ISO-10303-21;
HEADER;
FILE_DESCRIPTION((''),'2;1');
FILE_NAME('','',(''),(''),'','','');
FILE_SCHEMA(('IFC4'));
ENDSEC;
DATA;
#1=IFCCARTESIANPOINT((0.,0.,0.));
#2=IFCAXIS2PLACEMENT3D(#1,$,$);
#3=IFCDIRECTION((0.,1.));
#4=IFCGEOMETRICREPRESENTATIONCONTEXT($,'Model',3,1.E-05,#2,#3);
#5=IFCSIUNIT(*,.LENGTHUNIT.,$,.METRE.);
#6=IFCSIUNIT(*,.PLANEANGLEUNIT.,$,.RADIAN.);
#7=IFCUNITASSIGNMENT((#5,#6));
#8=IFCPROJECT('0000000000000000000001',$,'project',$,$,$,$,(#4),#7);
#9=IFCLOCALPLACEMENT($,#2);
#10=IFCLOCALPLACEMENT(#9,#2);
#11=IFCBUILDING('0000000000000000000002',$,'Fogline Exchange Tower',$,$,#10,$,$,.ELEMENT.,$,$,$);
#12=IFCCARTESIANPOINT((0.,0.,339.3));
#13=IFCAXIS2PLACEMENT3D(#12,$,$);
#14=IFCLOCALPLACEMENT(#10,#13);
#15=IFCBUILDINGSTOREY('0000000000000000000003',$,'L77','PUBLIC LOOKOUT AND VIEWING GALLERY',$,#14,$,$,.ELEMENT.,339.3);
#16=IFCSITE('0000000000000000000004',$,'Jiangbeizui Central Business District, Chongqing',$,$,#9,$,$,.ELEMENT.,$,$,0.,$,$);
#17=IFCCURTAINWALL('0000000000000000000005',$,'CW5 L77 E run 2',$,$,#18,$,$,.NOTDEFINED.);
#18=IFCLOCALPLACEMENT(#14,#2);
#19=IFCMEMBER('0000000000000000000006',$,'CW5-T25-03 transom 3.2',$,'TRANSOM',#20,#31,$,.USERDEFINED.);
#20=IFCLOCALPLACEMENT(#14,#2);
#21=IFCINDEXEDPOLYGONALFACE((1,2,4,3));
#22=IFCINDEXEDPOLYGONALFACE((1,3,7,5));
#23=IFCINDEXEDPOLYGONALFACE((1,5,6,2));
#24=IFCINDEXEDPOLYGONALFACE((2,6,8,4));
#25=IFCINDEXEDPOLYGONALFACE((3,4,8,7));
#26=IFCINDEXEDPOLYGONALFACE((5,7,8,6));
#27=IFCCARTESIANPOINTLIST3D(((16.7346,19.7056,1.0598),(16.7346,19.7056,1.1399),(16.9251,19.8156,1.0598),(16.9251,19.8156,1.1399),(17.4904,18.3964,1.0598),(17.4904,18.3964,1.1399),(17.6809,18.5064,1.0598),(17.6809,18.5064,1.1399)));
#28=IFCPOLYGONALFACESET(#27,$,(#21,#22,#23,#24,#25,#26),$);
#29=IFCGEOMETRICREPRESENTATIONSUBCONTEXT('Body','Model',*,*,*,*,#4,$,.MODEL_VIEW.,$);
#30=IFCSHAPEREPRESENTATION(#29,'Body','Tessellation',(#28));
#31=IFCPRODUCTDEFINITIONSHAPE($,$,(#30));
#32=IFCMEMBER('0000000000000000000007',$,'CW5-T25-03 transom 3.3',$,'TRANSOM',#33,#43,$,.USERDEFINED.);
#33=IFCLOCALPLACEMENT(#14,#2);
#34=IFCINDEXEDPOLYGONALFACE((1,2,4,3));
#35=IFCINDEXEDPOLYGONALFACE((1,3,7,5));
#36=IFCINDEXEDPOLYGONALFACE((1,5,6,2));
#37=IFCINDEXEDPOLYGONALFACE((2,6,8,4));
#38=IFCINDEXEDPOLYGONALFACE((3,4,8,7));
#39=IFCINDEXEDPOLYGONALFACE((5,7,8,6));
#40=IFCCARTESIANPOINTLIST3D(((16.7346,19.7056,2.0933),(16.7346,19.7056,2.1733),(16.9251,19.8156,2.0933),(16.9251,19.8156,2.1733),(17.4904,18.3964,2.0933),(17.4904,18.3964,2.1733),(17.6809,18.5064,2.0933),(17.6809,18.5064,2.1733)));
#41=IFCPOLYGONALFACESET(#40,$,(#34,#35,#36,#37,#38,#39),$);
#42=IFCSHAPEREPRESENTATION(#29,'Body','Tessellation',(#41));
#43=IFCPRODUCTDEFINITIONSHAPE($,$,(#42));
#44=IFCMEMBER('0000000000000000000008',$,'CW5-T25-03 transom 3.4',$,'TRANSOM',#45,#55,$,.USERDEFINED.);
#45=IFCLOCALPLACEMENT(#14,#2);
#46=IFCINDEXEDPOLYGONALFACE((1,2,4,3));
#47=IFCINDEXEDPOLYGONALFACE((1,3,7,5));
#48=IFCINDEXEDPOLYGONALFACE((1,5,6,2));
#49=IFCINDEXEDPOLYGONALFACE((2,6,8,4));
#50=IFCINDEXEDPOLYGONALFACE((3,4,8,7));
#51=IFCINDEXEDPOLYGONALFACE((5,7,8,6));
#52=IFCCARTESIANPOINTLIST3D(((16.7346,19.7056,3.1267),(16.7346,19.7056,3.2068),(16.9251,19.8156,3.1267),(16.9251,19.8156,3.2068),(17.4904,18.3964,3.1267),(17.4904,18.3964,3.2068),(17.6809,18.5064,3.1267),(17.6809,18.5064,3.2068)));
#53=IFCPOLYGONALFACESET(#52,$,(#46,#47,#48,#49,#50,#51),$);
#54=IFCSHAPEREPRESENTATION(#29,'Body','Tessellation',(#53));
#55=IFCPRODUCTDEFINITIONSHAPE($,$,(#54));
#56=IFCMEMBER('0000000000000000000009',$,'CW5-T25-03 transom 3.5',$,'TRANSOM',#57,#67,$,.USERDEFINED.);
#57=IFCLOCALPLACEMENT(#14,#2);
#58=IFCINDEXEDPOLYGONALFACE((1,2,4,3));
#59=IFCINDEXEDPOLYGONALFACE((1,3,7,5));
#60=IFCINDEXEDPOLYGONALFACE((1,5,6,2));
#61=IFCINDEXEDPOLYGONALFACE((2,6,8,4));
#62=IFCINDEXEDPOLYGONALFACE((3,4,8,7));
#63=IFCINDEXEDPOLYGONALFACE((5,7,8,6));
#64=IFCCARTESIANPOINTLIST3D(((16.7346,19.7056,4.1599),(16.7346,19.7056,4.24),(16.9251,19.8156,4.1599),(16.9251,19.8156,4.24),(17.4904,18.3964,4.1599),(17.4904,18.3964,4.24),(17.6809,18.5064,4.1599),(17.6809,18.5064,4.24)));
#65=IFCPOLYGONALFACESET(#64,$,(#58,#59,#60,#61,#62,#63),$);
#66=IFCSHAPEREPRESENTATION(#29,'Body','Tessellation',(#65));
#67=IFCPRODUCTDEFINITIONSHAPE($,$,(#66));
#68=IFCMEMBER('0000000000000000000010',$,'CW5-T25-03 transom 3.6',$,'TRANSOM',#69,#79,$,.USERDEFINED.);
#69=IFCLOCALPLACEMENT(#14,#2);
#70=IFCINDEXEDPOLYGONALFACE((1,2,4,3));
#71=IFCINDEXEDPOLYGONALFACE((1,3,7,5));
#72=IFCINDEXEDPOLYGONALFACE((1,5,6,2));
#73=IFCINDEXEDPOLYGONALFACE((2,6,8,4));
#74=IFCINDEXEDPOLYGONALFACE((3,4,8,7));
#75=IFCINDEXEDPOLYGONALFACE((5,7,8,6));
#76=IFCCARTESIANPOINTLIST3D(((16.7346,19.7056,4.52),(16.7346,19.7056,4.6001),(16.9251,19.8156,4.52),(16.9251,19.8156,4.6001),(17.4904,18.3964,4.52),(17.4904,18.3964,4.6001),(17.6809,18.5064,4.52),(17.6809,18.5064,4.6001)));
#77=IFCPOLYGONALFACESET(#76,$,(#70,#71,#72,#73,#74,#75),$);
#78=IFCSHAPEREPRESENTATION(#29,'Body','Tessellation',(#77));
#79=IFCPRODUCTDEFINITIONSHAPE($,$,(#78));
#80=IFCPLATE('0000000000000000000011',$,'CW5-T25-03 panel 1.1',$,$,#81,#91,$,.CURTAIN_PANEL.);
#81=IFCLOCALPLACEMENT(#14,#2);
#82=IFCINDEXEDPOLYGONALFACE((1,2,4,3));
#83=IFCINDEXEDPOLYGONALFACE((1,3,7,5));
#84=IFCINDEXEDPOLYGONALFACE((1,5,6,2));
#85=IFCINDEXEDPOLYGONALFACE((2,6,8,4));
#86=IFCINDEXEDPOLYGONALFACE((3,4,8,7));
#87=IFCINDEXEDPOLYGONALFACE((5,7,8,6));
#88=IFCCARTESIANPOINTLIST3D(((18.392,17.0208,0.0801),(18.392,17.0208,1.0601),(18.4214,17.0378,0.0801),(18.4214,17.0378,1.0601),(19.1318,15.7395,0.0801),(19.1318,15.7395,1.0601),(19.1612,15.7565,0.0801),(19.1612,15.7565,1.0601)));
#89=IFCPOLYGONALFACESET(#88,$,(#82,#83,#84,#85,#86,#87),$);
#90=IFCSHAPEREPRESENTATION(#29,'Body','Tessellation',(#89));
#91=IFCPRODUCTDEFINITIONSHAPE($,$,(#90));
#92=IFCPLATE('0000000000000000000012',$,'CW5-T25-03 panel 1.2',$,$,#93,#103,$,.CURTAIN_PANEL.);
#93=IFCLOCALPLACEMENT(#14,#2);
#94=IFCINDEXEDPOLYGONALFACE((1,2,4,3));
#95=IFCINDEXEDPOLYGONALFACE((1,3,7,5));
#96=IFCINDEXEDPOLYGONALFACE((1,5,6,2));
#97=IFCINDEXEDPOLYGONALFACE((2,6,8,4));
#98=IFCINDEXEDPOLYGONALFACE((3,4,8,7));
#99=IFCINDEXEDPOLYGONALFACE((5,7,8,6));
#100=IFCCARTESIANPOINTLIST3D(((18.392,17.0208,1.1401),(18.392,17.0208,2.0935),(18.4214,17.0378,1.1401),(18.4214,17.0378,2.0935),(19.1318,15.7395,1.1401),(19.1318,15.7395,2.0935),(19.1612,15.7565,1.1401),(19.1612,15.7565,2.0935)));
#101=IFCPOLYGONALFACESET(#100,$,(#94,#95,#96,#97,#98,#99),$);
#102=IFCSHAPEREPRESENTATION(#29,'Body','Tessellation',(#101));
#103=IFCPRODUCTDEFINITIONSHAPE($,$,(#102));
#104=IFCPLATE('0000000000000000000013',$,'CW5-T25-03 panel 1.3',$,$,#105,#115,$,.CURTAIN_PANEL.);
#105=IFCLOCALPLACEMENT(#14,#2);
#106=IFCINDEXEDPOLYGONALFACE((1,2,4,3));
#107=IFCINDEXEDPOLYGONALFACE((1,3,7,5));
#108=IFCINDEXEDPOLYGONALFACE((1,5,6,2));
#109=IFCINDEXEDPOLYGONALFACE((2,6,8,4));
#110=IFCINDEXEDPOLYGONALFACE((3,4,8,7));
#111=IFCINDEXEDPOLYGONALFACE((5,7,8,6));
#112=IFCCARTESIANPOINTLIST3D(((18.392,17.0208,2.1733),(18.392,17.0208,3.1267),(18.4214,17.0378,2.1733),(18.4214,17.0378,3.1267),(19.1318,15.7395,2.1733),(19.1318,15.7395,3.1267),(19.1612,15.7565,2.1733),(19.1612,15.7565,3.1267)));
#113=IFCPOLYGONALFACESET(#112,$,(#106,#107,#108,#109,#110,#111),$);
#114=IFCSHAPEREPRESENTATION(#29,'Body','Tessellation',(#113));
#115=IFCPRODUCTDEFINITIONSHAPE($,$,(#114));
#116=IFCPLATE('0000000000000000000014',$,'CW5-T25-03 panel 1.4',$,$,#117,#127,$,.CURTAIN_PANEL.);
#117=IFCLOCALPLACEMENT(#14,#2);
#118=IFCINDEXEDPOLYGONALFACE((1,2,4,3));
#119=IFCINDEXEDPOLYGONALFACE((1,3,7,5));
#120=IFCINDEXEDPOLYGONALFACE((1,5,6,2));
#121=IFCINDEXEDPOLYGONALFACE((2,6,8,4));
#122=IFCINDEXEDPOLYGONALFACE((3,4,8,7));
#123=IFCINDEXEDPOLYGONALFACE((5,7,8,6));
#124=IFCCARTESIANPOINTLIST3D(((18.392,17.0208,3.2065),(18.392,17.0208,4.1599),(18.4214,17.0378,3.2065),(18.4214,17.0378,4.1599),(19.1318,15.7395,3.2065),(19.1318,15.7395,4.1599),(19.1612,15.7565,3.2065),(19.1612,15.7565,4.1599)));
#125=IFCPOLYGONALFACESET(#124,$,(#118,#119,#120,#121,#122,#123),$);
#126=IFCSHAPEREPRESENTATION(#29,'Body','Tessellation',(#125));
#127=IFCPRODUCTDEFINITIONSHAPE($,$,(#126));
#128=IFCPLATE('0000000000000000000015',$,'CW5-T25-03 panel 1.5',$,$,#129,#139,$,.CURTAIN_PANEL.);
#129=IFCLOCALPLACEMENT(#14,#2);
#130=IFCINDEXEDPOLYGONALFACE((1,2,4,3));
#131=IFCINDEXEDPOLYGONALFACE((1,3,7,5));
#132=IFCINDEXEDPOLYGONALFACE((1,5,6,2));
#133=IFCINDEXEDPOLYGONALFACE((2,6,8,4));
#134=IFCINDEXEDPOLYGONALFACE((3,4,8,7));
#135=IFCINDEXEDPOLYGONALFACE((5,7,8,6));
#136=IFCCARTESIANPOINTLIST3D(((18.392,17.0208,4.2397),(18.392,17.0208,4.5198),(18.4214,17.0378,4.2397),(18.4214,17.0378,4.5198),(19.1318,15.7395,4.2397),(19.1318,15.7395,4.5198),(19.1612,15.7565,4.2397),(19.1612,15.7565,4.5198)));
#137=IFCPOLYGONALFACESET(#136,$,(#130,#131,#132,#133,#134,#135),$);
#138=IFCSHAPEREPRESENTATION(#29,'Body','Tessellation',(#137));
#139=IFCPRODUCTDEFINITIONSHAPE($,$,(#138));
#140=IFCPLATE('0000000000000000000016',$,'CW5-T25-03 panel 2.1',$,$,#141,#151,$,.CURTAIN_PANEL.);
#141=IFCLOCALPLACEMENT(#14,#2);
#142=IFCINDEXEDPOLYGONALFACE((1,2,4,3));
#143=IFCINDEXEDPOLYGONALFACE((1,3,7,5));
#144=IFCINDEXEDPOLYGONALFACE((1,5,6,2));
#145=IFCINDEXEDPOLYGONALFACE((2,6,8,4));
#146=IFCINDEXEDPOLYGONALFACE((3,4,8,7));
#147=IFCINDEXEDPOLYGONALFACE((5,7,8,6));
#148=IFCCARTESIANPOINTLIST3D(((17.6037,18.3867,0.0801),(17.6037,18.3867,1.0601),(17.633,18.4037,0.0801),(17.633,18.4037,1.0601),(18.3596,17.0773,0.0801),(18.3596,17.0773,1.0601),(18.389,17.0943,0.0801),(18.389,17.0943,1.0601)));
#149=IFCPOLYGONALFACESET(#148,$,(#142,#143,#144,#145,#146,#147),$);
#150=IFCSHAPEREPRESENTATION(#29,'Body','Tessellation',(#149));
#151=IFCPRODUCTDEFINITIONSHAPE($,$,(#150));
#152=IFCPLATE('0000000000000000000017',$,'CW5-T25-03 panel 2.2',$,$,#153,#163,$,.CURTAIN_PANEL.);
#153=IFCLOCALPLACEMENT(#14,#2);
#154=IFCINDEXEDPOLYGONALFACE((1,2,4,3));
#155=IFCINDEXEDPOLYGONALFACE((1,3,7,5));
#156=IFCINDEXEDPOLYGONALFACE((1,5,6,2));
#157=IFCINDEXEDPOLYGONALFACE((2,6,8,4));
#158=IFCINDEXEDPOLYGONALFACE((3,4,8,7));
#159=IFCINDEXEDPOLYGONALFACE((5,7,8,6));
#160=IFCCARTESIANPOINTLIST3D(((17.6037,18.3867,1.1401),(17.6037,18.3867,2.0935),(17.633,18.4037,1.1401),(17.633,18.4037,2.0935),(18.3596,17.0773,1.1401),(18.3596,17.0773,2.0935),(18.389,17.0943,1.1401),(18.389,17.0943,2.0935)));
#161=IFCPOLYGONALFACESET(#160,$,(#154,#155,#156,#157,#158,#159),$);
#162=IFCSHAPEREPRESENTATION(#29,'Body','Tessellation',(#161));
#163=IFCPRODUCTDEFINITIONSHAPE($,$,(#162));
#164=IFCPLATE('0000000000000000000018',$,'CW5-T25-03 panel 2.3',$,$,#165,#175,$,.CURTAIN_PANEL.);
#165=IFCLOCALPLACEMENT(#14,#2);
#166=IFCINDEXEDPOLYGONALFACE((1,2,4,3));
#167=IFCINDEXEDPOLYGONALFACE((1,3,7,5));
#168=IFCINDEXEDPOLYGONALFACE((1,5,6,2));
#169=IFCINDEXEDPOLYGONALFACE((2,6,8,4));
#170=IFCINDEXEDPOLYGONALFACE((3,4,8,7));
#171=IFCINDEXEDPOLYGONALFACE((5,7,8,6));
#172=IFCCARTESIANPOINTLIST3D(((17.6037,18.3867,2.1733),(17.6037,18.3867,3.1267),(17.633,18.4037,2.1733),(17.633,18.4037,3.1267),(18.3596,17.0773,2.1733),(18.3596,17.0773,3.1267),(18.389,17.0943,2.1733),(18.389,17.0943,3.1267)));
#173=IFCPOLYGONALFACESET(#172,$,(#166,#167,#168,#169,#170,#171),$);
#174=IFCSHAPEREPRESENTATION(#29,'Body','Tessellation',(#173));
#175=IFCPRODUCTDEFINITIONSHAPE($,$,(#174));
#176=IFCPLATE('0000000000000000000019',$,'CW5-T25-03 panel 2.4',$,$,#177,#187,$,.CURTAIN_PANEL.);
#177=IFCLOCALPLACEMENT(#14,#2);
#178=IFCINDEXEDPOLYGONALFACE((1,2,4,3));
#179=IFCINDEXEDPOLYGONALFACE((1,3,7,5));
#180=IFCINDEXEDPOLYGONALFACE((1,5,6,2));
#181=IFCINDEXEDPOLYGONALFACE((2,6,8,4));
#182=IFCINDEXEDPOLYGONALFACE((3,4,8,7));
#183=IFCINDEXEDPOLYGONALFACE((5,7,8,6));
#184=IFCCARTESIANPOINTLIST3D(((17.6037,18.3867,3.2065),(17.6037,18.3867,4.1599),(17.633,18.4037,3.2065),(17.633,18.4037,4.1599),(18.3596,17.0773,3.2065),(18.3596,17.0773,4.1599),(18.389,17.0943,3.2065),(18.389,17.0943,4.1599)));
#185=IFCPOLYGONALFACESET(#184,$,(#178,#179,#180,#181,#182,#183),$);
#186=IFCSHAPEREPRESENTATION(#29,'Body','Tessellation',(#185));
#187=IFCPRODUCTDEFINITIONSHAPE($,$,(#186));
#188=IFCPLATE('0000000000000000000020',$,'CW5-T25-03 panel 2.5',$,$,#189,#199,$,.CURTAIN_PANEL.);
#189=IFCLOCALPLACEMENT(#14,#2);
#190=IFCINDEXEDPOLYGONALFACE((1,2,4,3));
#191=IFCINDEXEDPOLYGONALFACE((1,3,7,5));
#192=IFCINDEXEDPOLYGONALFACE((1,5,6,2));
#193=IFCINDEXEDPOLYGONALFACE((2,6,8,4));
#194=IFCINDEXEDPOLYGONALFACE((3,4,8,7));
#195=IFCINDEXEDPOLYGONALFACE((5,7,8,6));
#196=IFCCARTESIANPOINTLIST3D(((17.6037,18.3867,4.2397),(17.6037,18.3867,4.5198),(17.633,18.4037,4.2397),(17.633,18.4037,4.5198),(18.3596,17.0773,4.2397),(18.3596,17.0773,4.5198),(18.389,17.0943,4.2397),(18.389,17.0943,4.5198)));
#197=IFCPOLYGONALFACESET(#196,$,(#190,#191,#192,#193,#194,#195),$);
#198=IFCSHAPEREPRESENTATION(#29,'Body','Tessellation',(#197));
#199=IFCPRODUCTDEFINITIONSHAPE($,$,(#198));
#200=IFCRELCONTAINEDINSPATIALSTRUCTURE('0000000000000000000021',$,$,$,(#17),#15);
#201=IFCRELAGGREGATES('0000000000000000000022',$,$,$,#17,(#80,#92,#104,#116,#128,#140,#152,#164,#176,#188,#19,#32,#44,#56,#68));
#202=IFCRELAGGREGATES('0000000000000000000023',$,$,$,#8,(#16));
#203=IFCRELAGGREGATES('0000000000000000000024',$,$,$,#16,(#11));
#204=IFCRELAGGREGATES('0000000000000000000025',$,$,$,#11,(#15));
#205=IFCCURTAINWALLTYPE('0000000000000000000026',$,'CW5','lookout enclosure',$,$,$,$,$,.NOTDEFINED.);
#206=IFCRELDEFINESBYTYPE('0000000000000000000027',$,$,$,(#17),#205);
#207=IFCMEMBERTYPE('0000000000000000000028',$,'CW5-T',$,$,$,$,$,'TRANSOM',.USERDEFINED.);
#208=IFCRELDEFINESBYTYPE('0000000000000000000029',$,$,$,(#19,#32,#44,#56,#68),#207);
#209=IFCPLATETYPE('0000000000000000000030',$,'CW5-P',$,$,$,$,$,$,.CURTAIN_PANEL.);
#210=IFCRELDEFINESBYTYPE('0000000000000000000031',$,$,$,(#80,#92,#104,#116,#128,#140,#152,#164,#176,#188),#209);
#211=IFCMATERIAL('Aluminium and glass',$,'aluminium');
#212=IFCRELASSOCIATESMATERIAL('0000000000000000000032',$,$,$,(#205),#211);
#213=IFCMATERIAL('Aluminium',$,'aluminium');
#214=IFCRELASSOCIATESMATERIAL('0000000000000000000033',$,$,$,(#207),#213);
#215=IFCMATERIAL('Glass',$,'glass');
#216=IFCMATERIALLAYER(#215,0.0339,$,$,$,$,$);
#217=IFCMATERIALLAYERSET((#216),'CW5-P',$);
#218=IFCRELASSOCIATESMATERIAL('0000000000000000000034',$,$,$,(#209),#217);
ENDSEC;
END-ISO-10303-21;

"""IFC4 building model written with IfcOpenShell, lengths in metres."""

from ifc_helpers import new_model, si_unit, direction, frame, origin, origin_2d, place, context, subcontext, project, spatial, rectangle, extrude, material, layer, layer_set, material_profile, profile_set, type_object, element, aggregate, save


model = new_model("IFC4")

# Units and contexts
model_context = context("Model", 3, precision=1e-05, world=origin(), true_north=direction((0.0, 1.0)))
body_context = subcontext(model_context, "Body", "Model", "MODEL_VIEW")
ifc_project = project(units=[si_unit("LENGTHUNIT", "METRE"), si_unit("PLANEANGLEUNIT", "RADIAN")], contexts=[model_context])

# Site, building, storey
site_placement = place(None, origin())
site = spatial("IfcSite", under=ifc_project, at=site_placement, Name="Jiangbeizui Central Business District, Chongqing", CompositionType="ELEMENT", RefElevation=0.0)
building_placement = place(site_placement, origin())
building = spatial("IfcBuilding", under=site, at=building_placement, Name="Fogline Exchange Tower", CompositionType="ELEMENT")
storey_placement = place(building_placement, frame((0.0, 0.0, 339.3)))
storey = spatial("IfcBuildingStorey", under=building, at=storey_placement, Name="L77", Description="PUBLIC LOOKOUT AND VIEWING GALLERY", CompositionType="ELEMENT", Elevation=339.3)

# Curtain wall, members, plates
ifc_material_1 = material(Name="Aluminium and glass", Category="aluminium")
curtain_wall_type = type_object("IfcCurtainWallType", Name="CW5", Description="lookout enclosure", PredefinedType="NOTDEFINED", material=ifc_material_1)
curtain_wall_placement = place(storey_placement, origin())
curtain_wall = element("IfcCurtainWall", 1, at=curtain_wall_placement, inside=storey, type_object=curtain_wall_type, Name="CW5 L77 E run 2", PredefinedType="NOTDEFINED")
ifc_material_2 = material(Name="Aluminium", Category="aluminium")
ifc_material_profile_1 = material_profile(ifc_material_2, rectangle(XDim=0.22, YDim=0.0801, at=origin_2d()), Name="Transom 80x220")
ifc_profile_set_1 = profile_set([ifc_material_profile_1], Name="Aluminium")
member_type_1 = type_object("IfcMemberType", Name="CW5-T", ElementType="TRANSOM", PredefinedType="USERDEFINED", material=ifc_profile_set_1)
member_1_placement = place(storey_placement, frame((17.5857, 18.4514, 1.0999), z_axis=(-0.49996, 0.866048, 0.0), x_axis=(-0.866048, -0.49996, 0.0)))
member_1 = element("IfcMember", 2, at=member_1_placement, type_object=member_type_1, Name="CW5-T25-03 transom 3.2", ObjectType="TRANSOM", PredefinedType="USERDEFINED", context=body_context, shape_type="SweptSolid", body=[
    extrude(rectangle(XDim=0.22, YDim=0.0801, at=origin_2d()), origin(), (0.0, 0.0, 1.0), 1.5117),
])
member_2_placement = place(storey_placement, frame((17.5857, 18.4514, 2.1333), z_axis=(-0.49996, 0.866048, 0.0), x_axis=(-0.866048, -0.49996, 0.0)))
member_2 = element("IfcMember", 3, at=member_2_placement, type_object=member_type_1, Name="CW5-T25-03 transom 3.3", ObjectType="TRANSOM", PredefinedType="USERDEFINED", context=body_context, shape_type="SweptSolid", body=[
    extrude(rectangle(XDim=0.22, YDim=0.0801, at=origin_2d()), origin(), (0.0, 0.0, 1.0), 1.5117),
])
member_3_placement = place(storey_placement, frame((17.5857, 18.4514, 3.1667), z_axis=(-0.49996, 0.866048, 0.0), x_axis=(-0.866048, -0.49996, 0.0)))
member_3 = element("IfcMember", 4, at=member_3_placement, type_object=member_type_1, Name="CW5-T25-03 transom 3.4", ObjectType="TRANSOM", PredefinedType="USERDEFINED", context=body_context, shape_type="SweptSolid", body=[
    extrude(rectangle(XDim=0.22, YDim=0.0801, at=origin_2d()), origin(), (0.0, 0.0, 1.0), 1.5117),
])
member_4_placement = place(storey_placement, frame((17.5857, 18.4514, 4.2), z_axis=(-0.49996, 0.866048, 0.0), x_axis=(-0.866048, -0.49996, 0.0)))
member_4 = element("IfcMember", 5, at=member_4_placement, type_object=member_type_1, Name="CW5-T25-03 transom 3.5", ObjectType="TRANSOM", PredefinedType="USERDEFINED", context=body_context, shape_type="SweptSolid", body=[
    extrude(rectangle(XDim=0.22, YDim=0.0801, at=origin_2d()), origin(), (0.0, 0.0, 1.0), 1.5117),
])
member_5_placement = place(storey_placement, frame((17.5857, 18.4514, 4.5601), z_axis=(-0.49996, 0.866048, 0.0), x_axis=(-0.866048, -0.49996, 0.0)))
member_5 = element("IfcMember", 6, at=member_5_placement, type_object=member_type_1, Name="CW5-T25-03 transom 3.6", ObjectType="TRANSOM", PredefinedType="USERDEFINED", context=body_context, shape_type="SweptSolid", body=[
    extrude(rectangle(XDim=0.22, YDim=0.0801, at=origin_2d()), origin(), (0.0, 0.0, 1.0), 1.5117),
])
ifc_material_3 = material(Name="Glass", Category="glass")
ifc_layer_1 = layer(ifc_material_3, 0.0339)
ifc_layer_set_1 = layer_set([ifc_layer_1], Name="CW5-P")
plate_type = type_object("IfcPlateType", Name="CW5-P", PredefinedType="CURTAIN_PANEL", material=ifc_layer_set_1)
plate_1_placement = place(storey_placement, frame((18.7766, 16.3887, 0.0801), z_axis=(0.0, 0.0, 1.0), x_axis=(-0.5, 0.866025, 0.0)))
plate_1 = element("IfcPlate", 7, at=plate_1_placement, type_object=plate_type, Name="CW5-T25-03 panel 1.1", PredefinedType="CURTAIN_PANEL", context=body_context, shape_type="SweptSolid", body=[
    extrude(rectangle(XDim=1.4795, YDim=0.0339, at=origin_2d()), origin(), (0.0, 0.0, 1.0), 0.98),
])
plate_2_placement = place(storey_placement, frame((18.7766, 16.3887, 1.1401), z_axis=(0.0, 0.0, 1.0), x_axis=(-0.5, 0.866025, 0.0)))
plate_2 = element("IfcPlate", 8, at=plate_2_placement, type_object=plate_type, Name="CW5-T25-03 panel 1.2", PredefinedType="CURTAIN_PANEL", context=body_context, shape_type="SweptSolid", body=[
    extrude(rectangle(XDim=1.4795, YDim=0.0339, at=origin_2d()), origin(), (0.0, 0.0, 1.0), 0.9534),
])
plate_3_placement = place(storey_placement, frame((18.7766, 16.3887, 2.1733), z_axis=(0.0, 0.0, 1.0), x_axis=(-0.5, 0.866025, 0.0)))
plate_3 = element("IfcPlate", 9, at=plate_3_placement, type_object=plate_type, Name="CW5-T25-03 panel 1.3", PredefinedType="CURTAIN_PANEL", context=body_context, shape_type="SweptSolid", body=[
    extrude(rectangle(XDim=1.4795, YDim=0.0339, at=origin_2d()), origin(), (0.0, 0.0, 1.0), 0.9534),
])
plate_4_placement = place(storey_placement, frame((18.7766, 16.3887, 3.2065), z_axis=(0.0, 0.0, 1.0), x_axis=(-0.5, 0.866025, 0.0)))
plate_4 = element("IfcPlate", 10, at=plate_4_placement, type_object=plate_type, Name="CW5-T25-03 panel 1.4", PredefinedType="CURTAIN_PANEL", context=body_context, shape_type="SweptSolid", body=[
    extrude(rectangle(XDim=1.4795, YDim=0.0339, at=origin_2d()), origin(), (0.0, 0.0, 1.0), 0.9534),
])
plate_5_placement = place(storey_placement, frame((18.7766, 16.3887, 4.2397), z_axis=(0.0, 0.0, 1.0), x_axis=(-0.5, 0.866025, 0.0)))
plate_5 = element("IfcPlate", 11, at=plate_5_placement, type_object=plate_type, Name="CW5-T25-03 panel 1.5", PredefinedType="CURTAIN_PANEL", context=body_context, shape_type="SweptSolid", body=[
    extrude(rectangle(XDim=1.4795, YDim=0.0339, at=origin_2d()), origin(), (0.0, 0.0, 1.0), 0.28),
])
plate_6_placement = place(storey_placement, frame((17.9963, 17.7405, 0.0801), z_axis=(0.0, 0.0, 1.0), x_axis=(-0.5, 0.866025, 0.0)))
plate_6 = element("IfcPlate", 12, at=plate_6_placement, type_object=plate_type, Name="CW5-T25-03 panel 2.1", PredefinedType="CURTAIN_PANEL", context=body_context, shape_type="SweptSolid", body=[
    extrude(rectangle(XDim=1.512, YDim=0.0339, at=origin_2d()), origin(), (0.0, 0.0, 1.0), 0.98),
])
plate_7_placement = place(storey_placement, frame((17.9963, 17.7405, 1.1401), z_axis=(0.0, 0.0, 1.0), x_axis=(-0.5, 0.866025, 0.0)))
plate_7 = element("IfcPlate", 13, at=plate_7_placement, type_object=plate_type, Name="CW5-T25-03 panel 2.2", PredefinedType="CURTAIN_PANEL", context=body_context, shape_type="SweptSolid", body=[
    extrude(rectangle(XDim=1.512, YDim=0.0339, at=origin_2d()), origin(), (0.0, 0.0, 1.0), 0.9534),
])
plate_8_placement = place(storey_placement, frame((17.9963, 17.7405, 2.1733), z_axis=(0.0, 0.0, 1.0), x_axis=(-0.5, 0.866025, 0.0)))
plate_8 = element("IfcPlate", 14, at=plate_8_placement, type_object=plate_type, Name="CW5-T25-03 panel 2.3", PredefinedType="CURTAIN_PANEL", context=body_context, shape_type="SweptSolid", body=[
    extrude(rectangle(XDim=1.512, YDim=0.0339, at=origin_2d()), origin(), (0.0, 0.0, 1.0), 0.9534),
])
plate_9_placement = place(storey_placement, frame((17.9963, 17.7405, 3.2065), z_axis=(0.0, 0.0, 1.0), x_axis=(-0.5, 0.866025, 0.0)))
plate_9 = element("IfcPlate", 15, at=plate_9_placement, type_object=plate_type, Name="CW5-T25-03 panel 2.4", PredefinedType="CURTAIN_PANEL", context=body_context, shape_type="SweptSolid", body=[
    extrude(rectangle(XDim=1.512, YDim=0.0339, at=origin_2d()), origin(), (0.0, 0.0, 1.0), 0.9534),
])
plate_10_placement = place(storey_placement, frame((17.9963, 17.7405, 4.2397), z_axis=(0.0, 0.0, 1.0), x_axis=(-0.5, 0.866025, 0.0)))
plate_10 = element("IfcPlate", 16, at=plate_10_placement, type_object=plate_type, Name="CW5-T25-03 panel 2.5", PredefinedType="CURTAIN_PANEL", context=body_context, shape_type="SweptSolid", body=[
    extrude(rectangle(XDim=1.512, YDim=0.0339, at=origin_2d()), origin(), (0.0, 0.0, 1.0), 0.28),
])
aggregate(curtain_wall, [plate_1, plate_2, plate_3, plate_4, plate_5, plate_6, plate_7, plate_8, plate_9, plate_10, member_1, member_2, member_3, member_4, member_5])

save(model, "model.ifc")
